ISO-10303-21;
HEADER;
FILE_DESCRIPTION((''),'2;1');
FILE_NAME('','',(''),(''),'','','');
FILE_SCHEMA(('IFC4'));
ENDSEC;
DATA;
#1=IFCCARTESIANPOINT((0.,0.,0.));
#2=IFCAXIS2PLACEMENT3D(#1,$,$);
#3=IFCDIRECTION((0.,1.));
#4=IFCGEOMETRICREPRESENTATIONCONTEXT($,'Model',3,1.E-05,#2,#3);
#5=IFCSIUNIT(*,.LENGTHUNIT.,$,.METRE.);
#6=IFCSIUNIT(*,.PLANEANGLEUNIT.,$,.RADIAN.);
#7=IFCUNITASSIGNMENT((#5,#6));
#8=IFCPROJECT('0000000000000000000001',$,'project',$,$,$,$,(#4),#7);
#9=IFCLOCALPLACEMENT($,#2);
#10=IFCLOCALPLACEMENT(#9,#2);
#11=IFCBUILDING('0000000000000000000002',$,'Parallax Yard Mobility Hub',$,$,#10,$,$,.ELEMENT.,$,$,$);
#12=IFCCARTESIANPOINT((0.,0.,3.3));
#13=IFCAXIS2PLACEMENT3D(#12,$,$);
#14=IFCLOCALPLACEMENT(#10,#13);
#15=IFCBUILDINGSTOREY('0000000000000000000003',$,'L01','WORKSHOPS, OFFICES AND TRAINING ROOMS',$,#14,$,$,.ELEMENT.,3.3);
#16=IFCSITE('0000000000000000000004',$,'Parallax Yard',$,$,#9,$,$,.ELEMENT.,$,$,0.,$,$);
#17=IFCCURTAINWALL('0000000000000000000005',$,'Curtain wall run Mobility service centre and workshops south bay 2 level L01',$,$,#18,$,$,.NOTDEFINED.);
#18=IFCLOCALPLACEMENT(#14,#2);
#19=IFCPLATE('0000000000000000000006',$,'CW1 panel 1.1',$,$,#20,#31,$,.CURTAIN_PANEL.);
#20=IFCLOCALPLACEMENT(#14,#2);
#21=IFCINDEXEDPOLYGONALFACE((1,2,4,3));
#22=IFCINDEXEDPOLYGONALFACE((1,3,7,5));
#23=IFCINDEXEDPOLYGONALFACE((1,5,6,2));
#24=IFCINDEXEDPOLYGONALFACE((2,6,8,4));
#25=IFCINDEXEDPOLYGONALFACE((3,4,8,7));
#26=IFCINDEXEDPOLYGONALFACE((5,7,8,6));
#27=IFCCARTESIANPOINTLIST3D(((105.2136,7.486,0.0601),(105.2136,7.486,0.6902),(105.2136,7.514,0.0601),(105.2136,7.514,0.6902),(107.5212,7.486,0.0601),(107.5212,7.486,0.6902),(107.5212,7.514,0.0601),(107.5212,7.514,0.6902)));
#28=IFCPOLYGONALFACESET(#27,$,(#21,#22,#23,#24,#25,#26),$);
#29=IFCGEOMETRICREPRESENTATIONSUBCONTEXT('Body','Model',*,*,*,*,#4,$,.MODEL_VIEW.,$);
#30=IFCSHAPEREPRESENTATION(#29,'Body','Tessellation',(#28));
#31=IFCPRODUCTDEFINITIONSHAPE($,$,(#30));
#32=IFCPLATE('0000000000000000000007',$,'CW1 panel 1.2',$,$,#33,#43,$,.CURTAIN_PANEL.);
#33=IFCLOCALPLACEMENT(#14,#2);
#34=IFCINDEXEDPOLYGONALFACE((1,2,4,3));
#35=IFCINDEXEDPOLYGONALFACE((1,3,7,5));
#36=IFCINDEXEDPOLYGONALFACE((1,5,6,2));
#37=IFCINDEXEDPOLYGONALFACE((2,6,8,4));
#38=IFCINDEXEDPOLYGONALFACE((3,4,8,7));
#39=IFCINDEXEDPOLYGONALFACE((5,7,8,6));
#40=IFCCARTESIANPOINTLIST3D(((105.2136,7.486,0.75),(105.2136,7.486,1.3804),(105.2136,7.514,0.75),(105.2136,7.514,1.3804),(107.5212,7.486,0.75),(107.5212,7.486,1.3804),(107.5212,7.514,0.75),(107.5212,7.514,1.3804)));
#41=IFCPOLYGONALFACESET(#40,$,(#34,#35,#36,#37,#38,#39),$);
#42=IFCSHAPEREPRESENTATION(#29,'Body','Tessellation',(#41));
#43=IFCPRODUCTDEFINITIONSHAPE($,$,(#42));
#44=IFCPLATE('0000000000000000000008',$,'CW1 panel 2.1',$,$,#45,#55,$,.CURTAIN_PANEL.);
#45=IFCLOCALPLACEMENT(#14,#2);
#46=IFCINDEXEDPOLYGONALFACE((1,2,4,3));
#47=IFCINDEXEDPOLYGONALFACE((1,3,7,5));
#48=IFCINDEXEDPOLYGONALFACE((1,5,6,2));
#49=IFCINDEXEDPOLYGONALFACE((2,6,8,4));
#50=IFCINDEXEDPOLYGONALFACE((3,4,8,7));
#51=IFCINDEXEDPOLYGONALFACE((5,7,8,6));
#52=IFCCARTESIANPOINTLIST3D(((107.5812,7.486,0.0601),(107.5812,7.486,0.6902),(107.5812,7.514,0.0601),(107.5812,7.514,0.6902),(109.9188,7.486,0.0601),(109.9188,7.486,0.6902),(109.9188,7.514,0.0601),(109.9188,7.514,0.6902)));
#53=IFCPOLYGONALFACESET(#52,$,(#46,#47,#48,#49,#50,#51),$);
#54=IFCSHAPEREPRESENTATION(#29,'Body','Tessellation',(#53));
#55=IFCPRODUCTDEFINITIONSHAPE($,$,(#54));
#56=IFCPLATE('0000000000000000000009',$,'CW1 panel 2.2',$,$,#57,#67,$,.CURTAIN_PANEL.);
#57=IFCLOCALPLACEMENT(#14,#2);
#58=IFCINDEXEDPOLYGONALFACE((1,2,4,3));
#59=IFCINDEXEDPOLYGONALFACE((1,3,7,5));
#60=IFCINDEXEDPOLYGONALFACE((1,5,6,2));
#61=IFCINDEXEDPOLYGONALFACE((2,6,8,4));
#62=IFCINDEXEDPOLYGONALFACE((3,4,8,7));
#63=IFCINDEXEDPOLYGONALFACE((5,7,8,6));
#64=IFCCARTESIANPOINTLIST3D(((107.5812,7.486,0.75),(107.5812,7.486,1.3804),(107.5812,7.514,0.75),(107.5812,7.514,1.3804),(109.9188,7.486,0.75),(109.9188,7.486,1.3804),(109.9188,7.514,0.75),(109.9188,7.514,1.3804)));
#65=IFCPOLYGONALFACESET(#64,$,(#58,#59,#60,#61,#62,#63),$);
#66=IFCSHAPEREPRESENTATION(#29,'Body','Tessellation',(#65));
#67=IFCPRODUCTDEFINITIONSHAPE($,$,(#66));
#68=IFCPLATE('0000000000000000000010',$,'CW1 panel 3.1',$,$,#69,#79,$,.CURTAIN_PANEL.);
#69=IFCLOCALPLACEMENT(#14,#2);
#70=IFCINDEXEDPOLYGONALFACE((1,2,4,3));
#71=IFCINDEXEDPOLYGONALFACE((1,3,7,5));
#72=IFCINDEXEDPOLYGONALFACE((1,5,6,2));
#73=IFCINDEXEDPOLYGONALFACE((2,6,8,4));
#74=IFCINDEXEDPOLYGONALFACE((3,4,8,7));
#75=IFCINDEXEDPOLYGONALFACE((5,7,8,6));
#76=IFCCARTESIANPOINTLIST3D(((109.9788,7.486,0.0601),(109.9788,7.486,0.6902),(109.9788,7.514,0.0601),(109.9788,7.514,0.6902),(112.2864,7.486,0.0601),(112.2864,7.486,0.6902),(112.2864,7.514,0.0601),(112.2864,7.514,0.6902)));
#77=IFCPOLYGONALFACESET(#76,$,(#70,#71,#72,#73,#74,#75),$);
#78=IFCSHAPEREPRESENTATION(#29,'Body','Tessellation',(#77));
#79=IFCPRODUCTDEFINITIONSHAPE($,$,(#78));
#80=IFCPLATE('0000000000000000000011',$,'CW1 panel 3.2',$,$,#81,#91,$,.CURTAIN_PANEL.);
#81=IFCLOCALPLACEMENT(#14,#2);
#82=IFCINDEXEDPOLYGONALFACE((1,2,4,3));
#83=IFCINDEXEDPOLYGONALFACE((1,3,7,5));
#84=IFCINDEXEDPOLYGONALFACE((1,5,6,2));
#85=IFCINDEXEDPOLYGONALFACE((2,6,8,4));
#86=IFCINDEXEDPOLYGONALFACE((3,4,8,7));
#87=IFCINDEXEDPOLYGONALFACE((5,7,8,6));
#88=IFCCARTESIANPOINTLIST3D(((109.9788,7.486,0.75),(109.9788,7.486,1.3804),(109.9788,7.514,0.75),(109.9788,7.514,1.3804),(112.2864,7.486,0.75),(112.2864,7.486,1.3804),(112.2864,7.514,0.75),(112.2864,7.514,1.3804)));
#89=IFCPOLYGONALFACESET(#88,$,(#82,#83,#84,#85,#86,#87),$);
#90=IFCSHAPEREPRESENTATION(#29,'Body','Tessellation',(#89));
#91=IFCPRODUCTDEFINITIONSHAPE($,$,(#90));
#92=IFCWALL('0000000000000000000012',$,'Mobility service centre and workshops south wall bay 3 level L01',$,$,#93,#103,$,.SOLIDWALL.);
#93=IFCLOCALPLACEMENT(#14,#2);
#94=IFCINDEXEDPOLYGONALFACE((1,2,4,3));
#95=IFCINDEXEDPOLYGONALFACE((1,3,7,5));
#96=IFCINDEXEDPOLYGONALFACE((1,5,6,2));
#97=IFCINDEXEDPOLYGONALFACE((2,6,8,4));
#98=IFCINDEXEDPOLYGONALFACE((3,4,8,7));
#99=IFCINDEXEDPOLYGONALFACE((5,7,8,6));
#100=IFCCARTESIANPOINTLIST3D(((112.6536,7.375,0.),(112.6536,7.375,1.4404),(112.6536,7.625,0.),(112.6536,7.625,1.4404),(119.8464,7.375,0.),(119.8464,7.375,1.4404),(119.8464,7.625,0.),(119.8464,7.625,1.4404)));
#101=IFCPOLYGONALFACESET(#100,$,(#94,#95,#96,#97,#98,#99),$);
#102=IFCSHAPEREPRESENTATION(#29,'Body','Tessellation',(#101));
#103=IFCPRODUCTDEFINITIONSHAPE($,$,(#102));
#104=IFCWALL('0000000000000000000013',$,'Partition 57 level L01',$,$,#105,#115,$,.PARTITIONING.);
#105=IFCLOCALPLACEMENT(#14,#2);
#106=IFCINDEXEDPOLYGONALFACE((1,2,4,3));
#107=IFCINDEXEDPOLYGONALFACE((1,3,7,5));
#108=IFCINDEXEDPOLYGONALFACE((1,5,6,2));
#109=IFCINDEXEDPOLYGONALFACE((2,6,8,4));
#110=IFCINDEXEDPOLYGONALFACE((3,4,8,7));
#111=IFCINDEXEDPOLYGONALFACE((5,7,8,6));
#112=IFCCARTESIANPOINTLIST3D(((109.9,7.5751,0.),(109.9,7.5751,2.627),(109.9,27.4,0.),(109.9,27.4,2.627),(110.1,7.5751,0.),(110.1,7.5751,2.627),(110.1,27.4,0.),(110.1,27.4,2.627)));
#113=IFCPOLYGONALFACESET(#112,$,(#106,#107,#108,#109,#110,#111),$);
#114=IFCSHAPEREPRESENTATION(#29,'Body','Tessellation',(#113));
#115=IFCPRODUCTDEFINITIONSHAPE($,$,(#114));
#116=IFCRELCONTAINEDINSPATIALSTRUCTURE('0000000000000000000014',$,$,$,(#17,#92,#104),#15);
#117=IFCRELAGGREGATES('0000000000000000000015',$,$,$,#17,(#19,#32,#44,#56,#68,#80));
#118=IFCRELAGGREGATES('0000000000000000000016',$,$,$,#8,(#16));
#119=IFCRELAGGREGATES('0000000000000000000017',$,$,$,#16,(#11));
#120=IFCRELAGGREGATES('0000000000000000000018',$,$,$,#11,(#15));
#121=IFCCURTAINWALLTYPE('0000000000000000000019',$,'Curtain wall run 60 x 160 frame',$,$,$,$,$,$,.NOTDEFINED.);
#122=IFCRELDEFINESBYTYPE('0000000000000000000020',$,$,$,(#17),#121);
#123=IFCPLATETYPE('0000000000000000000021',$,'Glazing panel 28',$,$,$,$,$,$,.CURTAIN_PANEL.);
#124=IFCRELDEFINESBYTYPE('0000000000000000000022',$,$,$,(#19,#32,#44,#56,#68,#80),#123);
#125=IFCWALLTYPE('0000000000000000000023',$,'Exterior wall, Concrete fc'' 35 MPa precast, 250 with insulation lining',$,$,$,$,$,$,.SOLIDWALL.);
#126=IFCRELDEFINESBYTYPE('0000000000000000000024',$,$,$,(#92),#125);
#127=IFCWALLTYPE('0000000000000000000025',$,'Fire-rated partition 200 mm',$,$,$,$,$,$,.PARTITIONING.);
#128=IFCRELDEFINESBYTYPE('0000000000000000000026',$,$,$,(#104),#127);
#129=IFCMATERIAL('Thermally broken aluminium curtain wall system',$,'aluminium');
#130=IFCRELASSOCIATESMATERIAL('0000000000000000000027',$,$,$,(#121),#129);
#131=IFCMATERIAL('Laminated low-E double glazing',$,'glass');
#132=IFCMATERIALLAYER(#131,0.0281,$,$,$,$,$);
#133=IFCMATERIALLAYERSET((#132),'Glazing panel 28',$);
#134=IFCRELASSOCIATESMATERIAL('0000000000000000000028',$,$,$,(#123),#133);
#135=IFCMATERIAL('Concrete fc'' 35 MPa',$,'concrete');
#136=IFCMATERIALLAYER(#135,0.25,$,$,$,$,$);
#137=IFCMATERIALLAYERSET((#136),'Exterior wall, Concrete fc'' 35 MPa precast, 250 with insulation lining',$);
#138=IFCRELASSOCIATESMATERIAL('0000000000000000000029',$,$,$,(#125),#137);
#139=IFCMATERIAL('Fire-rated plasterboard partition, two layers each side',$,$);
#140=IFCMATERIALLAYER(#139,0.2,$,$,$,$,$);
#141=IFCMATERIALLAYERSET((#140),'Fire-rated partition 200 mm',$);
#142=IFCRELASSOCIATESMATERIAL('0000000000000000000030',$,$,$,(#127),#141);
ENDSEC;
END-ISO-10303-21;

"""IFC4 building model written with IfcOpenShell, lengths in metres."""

from ifc_helpers import new_model, si_unit, direction, frame, frame_2d, origin, origin_2d, place, context, subcontext, project, spatial, rectangle, extrude, material, layer, layer_set, type_object, element, aggregate, save


model = new_model("IFC4")

# Units and contexts
model_context = context("Model", 3, precision=1e-05, world=origin(), true_north=direction((0.0, 1.0)))
body_context = subcontext(model_context, "Body", "Model", "MODEL_VIEW")
ifc_project = project(units=[si_unit("LENGTHUNIT", "METRE"), si_unit("PLANEANGLEUNIT", "RADIAN")], contexts=[model_context])

# Site, building, storey
site_placement = place(None, origin())
site = spatial("IfcSite", under=ifc_project, at=site_placement, Name="Parallax Yard", CompositionType="ELEMENT", RefElevation=0.0)
building_placement = place(site_placement, origin())
building = spatial("IfcBuilding", under=site, at=building_placement, Name="Parallax Yard Mobility Hub", CompositionType="ELEMENT")
storey_placement = place(building_placement, frame((0.0, 0.0, 3.3)))
storey = spatial("IfcBuildingStorey", under=building, at=storey_placement, Name="L01", Description="WORKSHOPS, OFFICES AND TRAINING ROOMS", CompositionType="ELEMENT", Elevation=3.3)

# Curtain wall
ifc_material_1 = material(Name="Thermally broken aluminium curtain wall system", Category="aluminium")
curtain_wall_type = type_object("IfcCurtainWallType", Name="Curtain wall run 60 x 160 frame", PredefinedType="NOTDEFINED", material=ifc_material_1)
curtain_wall_placement = place(storey_placement, origin())
curtain_wall = element("IfcCurtainWall", 1, at=curtain_wall_placement, inside=storey, type_object=curtain_wall_type, Name="Curtain wall run Mobility service centre and workshops south bay 2 level L01", PredefinedType="NOTDEFINED")

# Plates
ifc_material_2 = material(Name="Laminated low-E double glazing", Category="glass")
ifc_layer_1 = layer(ifc_material_2, 0.0281)
ifc_layer_set_1 = layer_set([ifc_layer_1], Name="Glazing panel 28")
plate_type = type_object("IfcPlateType", Name="Glazing panel 28", PredefinedType="CURTAIN_PANEL", material=ifc_layer_set_1)
plate_1_placement = place(storey_placement, frame((106.3674, 7.5, 0.0601), z_axis=(0.0, 0.0, 1.0), x_axis=(1.0, 0.0, 0.0)))
plate_1 = element("IfcPlate", 2, at=plate_1_placement, type_object=plate_type, Name="CW1 panel 1.1", PredefinedType="CURTAIN_PANEL", context=body_context, shape_type="SweptSolid", body=[
    extrude(rectangle(XDim=2.3076, YDim=0.0281, at=origin_2d()), origin(), (0.0, 0.0, 1.0), 0.6301),
])
plate_2_placement = place(storey_placement, frame((106.3674, 7.5, 0.75), z_axis=(0.0, 0.0, 1.0), x_axis=(1.0, 0.0, 0.0)))
plate_2 = element("IfcPlate", 3, at=plate_2_placement, type_object=plate_type, Name="CW1 panel 1.2", PredefinedType="CURTAIN_PANEL", context=body_context, shape_type="SweptSolid", body=[
    extrude(rectangle(XDim=2.3076, YDim=0.0281, at=origin_2d()), origin(), (0.0, 0.0, 1.0), 0.6304),
])
plate_3_placement = place(storey_placement, frame((108.75, 7.5, 0.0601), z_axis=(0.0, 0.0, 1.0), x_axis=(1.0, 0.0, 0.0)))
plate_3 = element("IfcPlate", 4, at=plate_3_placement, type_object=plate_type, Name="CW1 panel 2.1", PredefinedType="CURTAIN_PANEL", context=body_context, shape_type="SweptSolid", body=[
    extrude(rectangle(XDim=2.3376, YDim=0.0281, at=origin_2d()), origin(), (0.0, 0.0, 1.0), 0.6301),
])
plate_4_placement = place(storey_placement, frame((108.75, 7.5, 0.75), z_axis=(0.0, 0.0, 1.0), x_axis=(1.0, 0.0, 0.0)))
plate_4 = element("IfcPlate", 5, at=plate_4_placement, type_object=plate_type, Name="CW1 panel 2.2", PredefinedType="CURTAIN_PANEL", context=body_context, shape_type="SweptSolid", body=[
    extrude(rectangle(XDim=2.3376, YDim=0.0281, at=origin_2d()), origin(), (0.0, 0.0, 1.0), 0.6304),
])
plate_5_placement = place(storey_placement, frame((111.1326, 7.5, 0.0601), z_axis=(0.0, 0.0, 1.0), x_axis=(1.0, 0.0, 0.0)))
plate_5 = element("IfcPlate", 6, at=plate_5_placement, type_object=plate_type, Name="CW1 panel 3.1", PredefinedType="CURTAIN_PANEL", context=body_context, shape_type="SweptSolid", body=[
    extrude(rectangle(XDim=2.3076, YDim=0.0281, at=origin_2d()), origin(), (0.0, 0.0, 1.0), 0.6301),
])
plate_6_placement = place(storey_placement, frame((111.1326, 7.5, 0.75), z_axis=(0.0, 0.0, 1.0), x_axis=(1.0, 0.0, 0.0)))
plate_6 = element("IfcPlate", 7, at=plate_6_placement, type_object=plate_type, Name="CW1 panel 3.2", PredefinedType="CURTAIN_PANEL", context=body_context, shape_type="SweptSolid", body=[
    extrude(rectangle(XDim=2.3076, YDim=0.0281, at=origin_2d()), origin(), (0.0, 0.0, 1.0), 0.6304),
])
aggregate(curtain_wall, [plate_1, plate_2, plate_3, plate_4, plate_5, plate_6])

# Walls
ifc_material_3 = material(Name="Concrete fc' 35 MPa", Category="concrete")
ifc_layer_2 = layer(ifc_material_3, 0.25)
ifc_layer_set_2 = layer_set([ifc_layer_2], Name="Exterior wall, Concrete fc' 35 MPa precast, 250 with insulation lining")
wall_type_1 = type_object("IfcWallType", Name="Exterior wall, Concrete fc' 35 MPa precast, 250 with insulation lining", PredefinedType="SOLIDWALL", material=ifc_layer_set_2)
wall_1_placement = place(storey_placement, frame((112.6536, 7.5, 0.0), z_axis=(0.0, 0.0, 1.0), x_axis=(1.0, 0.0, 0.0)))
element("IfcWall", 8, at=wall_1_placement, inside=storey, type_object=wall_type_1, Name="Mobility service centre and workshops south wall bay 3 level L01", PredefinedType="SOLIDWALL", context=body_context, shape_type="SweptSolid", body=[
    extrude(rectangle(XDim=7.1929, YDim=0.25, at=frame_2d((3.5964, 0.0))), origin(), (0.0, 0.0, 1.0), 1.4404),
])
ifc_material_4 = material(Name="Fire-rated plasterboard partition, two layers each side")
ifc_layer_3 = layer(ifc_material_4, 0.2)
ifc_layer_set_3 = layer_set([ifc_layer_3], Name="Fire-rated partition 200 mm")
wall_type_2 = type_object("IfcWallType", Name="Fire-rated partition 200 mm", PredefinedType="PARTITIONING", material=ifc_layer_set_3)
wall_2_placement = place(storey_placement, frame((110.0, 7.575, 0.0), z_axis=(0.0, 0.0, 1.0), x_axis=(0.0, 1.0, 0.0)))
element("IfcWall", 9, at=wall_2_placement, inside=storey, type_object=wall_type_2, Name="Partition 57 level L01", PredefinedType="PARTITIONING", context=body_context, shape_type="SweptSolid", body=[
    extrude(rectangle(XDim=19.825, YDim=0.2, at=frame_2d((9.9126, 0.0))), origin(), (0.0, 0.0, 1.0), 2.627),
])

save(model, "model.ifc")
